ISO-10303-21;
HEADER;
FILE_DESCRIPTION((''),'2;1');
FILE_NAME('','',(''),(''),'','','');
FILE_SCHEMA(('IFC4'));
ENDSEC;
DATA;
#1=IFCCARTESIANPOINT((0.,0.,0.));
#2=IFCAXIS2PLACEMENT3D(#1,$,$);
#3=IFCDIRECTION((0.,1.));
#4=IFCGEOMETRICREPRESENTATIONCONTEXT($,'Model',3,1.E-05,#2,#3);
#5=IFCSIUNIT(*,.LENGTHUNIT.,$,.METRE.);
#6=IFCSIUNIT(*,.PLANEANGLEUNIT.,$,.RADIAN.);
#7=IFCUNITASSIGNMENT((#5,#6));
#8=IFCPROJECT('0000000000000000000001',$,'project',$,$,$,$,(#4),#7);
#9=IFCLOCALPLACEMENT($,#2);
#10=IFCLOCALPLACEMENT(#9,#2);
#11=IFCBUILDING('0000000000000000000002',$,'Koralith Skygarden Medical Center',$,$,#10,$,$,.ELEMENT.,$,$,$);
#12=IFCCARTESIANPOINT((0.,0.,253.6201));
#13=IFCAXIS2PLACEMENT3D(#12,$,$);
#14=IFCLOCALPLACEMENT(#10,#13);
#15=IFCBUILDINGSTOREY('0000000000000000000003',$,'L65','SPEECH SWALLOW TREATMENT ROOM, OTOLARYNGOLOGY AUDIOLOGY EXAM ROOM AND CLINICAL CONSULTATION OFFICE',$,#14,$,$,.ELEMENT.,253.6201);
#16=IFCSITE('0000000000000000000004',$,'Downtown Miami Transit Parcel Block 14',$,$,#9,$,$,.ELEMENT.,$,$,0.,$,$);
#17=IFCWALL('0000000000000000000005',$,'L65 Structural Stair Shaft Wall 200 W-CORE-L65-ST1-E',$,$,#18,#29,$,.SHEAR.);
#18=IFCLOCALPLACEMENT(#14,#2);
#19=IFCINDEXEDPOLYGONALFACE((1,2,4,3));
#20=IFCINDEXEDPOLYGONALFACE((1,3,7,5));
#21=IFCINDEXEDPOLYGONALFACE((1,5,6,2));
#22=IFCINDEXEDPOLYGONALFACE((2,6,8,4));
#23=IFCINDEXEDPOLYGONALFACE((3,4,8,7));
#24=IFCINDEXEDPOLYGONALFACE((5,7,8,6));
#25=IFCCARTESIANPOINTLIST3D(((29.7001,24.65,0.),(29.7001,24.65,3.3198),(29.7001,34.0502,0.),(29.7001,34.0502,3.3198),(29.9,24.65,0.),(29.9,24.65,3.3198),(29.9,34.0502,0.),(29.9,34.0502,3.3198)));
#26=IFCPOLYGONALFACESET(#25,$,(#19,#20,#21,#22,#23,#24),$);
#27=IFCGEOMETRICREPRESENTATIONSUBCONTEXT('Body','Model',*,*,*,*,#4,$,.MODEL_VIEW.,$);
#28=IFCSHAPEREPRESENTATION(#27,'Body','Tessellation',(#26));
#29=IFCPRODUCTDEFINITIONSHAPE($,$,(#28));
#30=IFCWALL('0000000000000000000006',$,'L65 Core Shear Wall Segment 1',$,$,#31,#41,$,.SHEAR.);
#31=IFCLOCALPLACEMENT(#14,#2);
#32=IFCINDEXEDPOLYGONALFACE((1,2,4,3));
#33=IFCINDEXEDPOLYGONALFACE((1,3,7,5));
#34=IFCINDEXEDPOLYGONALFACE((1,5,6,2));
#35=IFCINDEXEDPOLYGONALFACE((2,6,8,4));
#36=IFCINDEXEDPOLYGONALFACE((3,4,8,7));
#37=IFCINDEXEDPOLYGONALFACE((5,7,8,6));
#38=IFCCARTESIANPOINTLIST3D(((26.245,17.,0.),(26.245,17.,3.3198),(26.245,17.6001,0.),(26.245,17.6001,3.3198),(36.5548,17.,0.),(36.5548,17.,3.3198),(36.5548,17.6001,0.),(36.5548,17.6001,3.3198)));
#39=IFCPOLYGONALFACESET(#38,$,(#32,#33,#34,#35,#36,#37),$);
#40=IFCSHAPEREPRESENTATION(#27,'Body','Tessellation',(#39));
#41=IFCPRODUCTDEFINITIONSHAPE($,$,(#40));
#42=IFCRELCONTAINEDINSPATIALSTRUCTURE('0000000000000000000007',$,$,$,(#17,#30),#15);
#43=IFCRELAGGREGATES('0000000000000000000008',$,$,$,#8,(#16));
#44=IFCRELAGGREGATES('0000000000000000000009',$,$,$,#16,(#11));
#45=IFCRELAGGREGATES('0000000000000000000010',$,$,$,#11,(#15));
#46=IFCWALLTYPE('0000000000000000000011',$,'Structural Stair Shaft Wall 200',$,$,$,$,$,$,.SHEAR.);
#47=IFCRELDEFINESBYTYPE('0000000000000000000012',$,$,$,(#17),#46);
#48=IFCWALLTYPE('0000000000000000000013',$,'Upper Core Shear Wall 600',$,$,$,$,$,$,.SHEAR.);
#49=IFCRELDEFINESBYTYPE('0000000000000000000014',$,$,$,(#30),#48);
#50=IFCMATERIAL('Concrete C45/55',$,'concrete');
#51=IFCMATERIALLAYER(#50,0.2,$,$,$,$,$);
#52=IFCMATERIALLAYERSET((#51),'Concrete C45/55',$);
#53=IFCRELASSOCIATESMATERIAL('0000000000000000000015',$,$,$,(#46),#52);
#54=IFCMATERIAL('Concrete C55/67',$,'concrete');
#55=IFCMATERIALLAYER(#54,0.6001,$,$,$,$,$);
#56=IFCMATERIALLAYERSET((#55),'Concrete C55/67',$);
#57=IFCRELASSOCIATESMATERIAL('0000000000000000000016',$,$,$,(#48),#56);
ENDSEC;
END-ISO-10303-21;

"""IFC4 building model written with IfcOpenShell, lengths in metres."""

from ifc_helpers import new_model, si_unit, direction, frame, frame_2d, origin, place, context, subcontext, project, spatial, rectangle, extrude, material, layer, layer_set, type_object, element, save


model = new_model("IFC4")

# Units and contexts
model_context = context("Model", 3, precision=1e-05, world=origin(), true_north=direction((0.0, 1.0)))
body_context = subcontext(model_context, "Body", "Model", "MODEL_VIEW")
ifc_project = project(units=[si_unit("LENGTHUNIT", "METRE"), si_unit("PLANEANGLEUNIT", "RADIAN")], contexts=[model_context])

# Site, building, storey
site_placement = place(None, origin())
site = spatial("IfcSite", under=ifc_project, at=site_placement, Name="Downtown Miami Transit Parcel Block 14", CompositionType="ELEMENT", RefElevation=0.0)
building_placement = place(site_placement, origin())
building = spatial("IfcBuilding", under=site, at=building_placement, Name="Koralith Skygarden Medical Center", CompositionType="ELEMENT")
storey_placement = place(building_placement, frame((0.0, 0.0, 253.6201)))
storey = spatial("IfcBuildingStorey", under=building, at=storey_placement, Name="L65", Description="SPEECH SWALLOW TREATMENT ROOM, OTOLARYNGOLOGY AUDIOLOGY EXAM ROOM AND CLINICAL CONSULTATION OFFICE", CompositionType="ELEMENT", Elevation=253.6201)

# Shared definitions
ifc_material_1 = material(Name="Concrete C55/67", Category="concrete")

# Shared definitions
ifc_material_2 = material(Name="Concrete C45/55", Category="concrete")

# Wall
ifc_layer_1 = layer(ifc_material_2, 0.2)
ifc_layer_set_1 = layer_set([ifc_layer_1], Name="Concrete C45/55")
wall_type_1 = type_object("IfcWallType", Name="Structural Stair Shaft Wall 200", PredefinedType="SHEAR", material=ifc_layer_set_1)
wall_1_placement = place(storey_placement, frame((29.8, 24.6499, 0.0), z_axis=(0.0, 0.0, 1.0), x_axis=(0.0, 1.0, 0.0)))
element("IfcWall", 1, at=wall_1_placement, inside=storey, type_object=wall_type_1, Name="L65 Structural Stair Shaft Wall 200 W-CORE-L65-ST1-E", PredefinedType="SHEAR", context=body_context, shape_type="SweptSolid", body=[
    extrude(rectangle(XDim=9.4001, YDim=0.2, at=frame_2d((4.7002, 0.0))), origin(), (0.0, 0.0, 1.0), 3.3198),
])

# Wall
ifc_layer_2 = layer(ifc_material_1, 0.6001)
ifc_layer_set_2 = layer_set([ifc_layer_2], Name="Concrete C55/67")
wall_type_2 = type_object("IfcWallType", Name="Upper Core Shear Wall 600", PredefinedType="SHEAR", material=ifc_layer_set_2)
wall_2_placement = place(storey_placement, frame((26.2451, 17.3, 0.0), z_axis=(0.0, 0.0, 1.0), x_axis=(1.0, 0.0, 0.0)))
element("IfcWall", 2, at=wall_2_placement, inside=storey, type_object=wall_type_2, Name="L65 Core Shear Wall Segment 1", PredefinedType="SHEAR", context=body_context, shape_type="SweptSolid", body=[
    extrude(rectangle(XDim=10.3098, YDim=0.6001, at=frame_2d((5.1548, 0.0))), origin(), (0.0, 0.0, 1.0), 3.3198),
])

save(model, "model.ifc")
